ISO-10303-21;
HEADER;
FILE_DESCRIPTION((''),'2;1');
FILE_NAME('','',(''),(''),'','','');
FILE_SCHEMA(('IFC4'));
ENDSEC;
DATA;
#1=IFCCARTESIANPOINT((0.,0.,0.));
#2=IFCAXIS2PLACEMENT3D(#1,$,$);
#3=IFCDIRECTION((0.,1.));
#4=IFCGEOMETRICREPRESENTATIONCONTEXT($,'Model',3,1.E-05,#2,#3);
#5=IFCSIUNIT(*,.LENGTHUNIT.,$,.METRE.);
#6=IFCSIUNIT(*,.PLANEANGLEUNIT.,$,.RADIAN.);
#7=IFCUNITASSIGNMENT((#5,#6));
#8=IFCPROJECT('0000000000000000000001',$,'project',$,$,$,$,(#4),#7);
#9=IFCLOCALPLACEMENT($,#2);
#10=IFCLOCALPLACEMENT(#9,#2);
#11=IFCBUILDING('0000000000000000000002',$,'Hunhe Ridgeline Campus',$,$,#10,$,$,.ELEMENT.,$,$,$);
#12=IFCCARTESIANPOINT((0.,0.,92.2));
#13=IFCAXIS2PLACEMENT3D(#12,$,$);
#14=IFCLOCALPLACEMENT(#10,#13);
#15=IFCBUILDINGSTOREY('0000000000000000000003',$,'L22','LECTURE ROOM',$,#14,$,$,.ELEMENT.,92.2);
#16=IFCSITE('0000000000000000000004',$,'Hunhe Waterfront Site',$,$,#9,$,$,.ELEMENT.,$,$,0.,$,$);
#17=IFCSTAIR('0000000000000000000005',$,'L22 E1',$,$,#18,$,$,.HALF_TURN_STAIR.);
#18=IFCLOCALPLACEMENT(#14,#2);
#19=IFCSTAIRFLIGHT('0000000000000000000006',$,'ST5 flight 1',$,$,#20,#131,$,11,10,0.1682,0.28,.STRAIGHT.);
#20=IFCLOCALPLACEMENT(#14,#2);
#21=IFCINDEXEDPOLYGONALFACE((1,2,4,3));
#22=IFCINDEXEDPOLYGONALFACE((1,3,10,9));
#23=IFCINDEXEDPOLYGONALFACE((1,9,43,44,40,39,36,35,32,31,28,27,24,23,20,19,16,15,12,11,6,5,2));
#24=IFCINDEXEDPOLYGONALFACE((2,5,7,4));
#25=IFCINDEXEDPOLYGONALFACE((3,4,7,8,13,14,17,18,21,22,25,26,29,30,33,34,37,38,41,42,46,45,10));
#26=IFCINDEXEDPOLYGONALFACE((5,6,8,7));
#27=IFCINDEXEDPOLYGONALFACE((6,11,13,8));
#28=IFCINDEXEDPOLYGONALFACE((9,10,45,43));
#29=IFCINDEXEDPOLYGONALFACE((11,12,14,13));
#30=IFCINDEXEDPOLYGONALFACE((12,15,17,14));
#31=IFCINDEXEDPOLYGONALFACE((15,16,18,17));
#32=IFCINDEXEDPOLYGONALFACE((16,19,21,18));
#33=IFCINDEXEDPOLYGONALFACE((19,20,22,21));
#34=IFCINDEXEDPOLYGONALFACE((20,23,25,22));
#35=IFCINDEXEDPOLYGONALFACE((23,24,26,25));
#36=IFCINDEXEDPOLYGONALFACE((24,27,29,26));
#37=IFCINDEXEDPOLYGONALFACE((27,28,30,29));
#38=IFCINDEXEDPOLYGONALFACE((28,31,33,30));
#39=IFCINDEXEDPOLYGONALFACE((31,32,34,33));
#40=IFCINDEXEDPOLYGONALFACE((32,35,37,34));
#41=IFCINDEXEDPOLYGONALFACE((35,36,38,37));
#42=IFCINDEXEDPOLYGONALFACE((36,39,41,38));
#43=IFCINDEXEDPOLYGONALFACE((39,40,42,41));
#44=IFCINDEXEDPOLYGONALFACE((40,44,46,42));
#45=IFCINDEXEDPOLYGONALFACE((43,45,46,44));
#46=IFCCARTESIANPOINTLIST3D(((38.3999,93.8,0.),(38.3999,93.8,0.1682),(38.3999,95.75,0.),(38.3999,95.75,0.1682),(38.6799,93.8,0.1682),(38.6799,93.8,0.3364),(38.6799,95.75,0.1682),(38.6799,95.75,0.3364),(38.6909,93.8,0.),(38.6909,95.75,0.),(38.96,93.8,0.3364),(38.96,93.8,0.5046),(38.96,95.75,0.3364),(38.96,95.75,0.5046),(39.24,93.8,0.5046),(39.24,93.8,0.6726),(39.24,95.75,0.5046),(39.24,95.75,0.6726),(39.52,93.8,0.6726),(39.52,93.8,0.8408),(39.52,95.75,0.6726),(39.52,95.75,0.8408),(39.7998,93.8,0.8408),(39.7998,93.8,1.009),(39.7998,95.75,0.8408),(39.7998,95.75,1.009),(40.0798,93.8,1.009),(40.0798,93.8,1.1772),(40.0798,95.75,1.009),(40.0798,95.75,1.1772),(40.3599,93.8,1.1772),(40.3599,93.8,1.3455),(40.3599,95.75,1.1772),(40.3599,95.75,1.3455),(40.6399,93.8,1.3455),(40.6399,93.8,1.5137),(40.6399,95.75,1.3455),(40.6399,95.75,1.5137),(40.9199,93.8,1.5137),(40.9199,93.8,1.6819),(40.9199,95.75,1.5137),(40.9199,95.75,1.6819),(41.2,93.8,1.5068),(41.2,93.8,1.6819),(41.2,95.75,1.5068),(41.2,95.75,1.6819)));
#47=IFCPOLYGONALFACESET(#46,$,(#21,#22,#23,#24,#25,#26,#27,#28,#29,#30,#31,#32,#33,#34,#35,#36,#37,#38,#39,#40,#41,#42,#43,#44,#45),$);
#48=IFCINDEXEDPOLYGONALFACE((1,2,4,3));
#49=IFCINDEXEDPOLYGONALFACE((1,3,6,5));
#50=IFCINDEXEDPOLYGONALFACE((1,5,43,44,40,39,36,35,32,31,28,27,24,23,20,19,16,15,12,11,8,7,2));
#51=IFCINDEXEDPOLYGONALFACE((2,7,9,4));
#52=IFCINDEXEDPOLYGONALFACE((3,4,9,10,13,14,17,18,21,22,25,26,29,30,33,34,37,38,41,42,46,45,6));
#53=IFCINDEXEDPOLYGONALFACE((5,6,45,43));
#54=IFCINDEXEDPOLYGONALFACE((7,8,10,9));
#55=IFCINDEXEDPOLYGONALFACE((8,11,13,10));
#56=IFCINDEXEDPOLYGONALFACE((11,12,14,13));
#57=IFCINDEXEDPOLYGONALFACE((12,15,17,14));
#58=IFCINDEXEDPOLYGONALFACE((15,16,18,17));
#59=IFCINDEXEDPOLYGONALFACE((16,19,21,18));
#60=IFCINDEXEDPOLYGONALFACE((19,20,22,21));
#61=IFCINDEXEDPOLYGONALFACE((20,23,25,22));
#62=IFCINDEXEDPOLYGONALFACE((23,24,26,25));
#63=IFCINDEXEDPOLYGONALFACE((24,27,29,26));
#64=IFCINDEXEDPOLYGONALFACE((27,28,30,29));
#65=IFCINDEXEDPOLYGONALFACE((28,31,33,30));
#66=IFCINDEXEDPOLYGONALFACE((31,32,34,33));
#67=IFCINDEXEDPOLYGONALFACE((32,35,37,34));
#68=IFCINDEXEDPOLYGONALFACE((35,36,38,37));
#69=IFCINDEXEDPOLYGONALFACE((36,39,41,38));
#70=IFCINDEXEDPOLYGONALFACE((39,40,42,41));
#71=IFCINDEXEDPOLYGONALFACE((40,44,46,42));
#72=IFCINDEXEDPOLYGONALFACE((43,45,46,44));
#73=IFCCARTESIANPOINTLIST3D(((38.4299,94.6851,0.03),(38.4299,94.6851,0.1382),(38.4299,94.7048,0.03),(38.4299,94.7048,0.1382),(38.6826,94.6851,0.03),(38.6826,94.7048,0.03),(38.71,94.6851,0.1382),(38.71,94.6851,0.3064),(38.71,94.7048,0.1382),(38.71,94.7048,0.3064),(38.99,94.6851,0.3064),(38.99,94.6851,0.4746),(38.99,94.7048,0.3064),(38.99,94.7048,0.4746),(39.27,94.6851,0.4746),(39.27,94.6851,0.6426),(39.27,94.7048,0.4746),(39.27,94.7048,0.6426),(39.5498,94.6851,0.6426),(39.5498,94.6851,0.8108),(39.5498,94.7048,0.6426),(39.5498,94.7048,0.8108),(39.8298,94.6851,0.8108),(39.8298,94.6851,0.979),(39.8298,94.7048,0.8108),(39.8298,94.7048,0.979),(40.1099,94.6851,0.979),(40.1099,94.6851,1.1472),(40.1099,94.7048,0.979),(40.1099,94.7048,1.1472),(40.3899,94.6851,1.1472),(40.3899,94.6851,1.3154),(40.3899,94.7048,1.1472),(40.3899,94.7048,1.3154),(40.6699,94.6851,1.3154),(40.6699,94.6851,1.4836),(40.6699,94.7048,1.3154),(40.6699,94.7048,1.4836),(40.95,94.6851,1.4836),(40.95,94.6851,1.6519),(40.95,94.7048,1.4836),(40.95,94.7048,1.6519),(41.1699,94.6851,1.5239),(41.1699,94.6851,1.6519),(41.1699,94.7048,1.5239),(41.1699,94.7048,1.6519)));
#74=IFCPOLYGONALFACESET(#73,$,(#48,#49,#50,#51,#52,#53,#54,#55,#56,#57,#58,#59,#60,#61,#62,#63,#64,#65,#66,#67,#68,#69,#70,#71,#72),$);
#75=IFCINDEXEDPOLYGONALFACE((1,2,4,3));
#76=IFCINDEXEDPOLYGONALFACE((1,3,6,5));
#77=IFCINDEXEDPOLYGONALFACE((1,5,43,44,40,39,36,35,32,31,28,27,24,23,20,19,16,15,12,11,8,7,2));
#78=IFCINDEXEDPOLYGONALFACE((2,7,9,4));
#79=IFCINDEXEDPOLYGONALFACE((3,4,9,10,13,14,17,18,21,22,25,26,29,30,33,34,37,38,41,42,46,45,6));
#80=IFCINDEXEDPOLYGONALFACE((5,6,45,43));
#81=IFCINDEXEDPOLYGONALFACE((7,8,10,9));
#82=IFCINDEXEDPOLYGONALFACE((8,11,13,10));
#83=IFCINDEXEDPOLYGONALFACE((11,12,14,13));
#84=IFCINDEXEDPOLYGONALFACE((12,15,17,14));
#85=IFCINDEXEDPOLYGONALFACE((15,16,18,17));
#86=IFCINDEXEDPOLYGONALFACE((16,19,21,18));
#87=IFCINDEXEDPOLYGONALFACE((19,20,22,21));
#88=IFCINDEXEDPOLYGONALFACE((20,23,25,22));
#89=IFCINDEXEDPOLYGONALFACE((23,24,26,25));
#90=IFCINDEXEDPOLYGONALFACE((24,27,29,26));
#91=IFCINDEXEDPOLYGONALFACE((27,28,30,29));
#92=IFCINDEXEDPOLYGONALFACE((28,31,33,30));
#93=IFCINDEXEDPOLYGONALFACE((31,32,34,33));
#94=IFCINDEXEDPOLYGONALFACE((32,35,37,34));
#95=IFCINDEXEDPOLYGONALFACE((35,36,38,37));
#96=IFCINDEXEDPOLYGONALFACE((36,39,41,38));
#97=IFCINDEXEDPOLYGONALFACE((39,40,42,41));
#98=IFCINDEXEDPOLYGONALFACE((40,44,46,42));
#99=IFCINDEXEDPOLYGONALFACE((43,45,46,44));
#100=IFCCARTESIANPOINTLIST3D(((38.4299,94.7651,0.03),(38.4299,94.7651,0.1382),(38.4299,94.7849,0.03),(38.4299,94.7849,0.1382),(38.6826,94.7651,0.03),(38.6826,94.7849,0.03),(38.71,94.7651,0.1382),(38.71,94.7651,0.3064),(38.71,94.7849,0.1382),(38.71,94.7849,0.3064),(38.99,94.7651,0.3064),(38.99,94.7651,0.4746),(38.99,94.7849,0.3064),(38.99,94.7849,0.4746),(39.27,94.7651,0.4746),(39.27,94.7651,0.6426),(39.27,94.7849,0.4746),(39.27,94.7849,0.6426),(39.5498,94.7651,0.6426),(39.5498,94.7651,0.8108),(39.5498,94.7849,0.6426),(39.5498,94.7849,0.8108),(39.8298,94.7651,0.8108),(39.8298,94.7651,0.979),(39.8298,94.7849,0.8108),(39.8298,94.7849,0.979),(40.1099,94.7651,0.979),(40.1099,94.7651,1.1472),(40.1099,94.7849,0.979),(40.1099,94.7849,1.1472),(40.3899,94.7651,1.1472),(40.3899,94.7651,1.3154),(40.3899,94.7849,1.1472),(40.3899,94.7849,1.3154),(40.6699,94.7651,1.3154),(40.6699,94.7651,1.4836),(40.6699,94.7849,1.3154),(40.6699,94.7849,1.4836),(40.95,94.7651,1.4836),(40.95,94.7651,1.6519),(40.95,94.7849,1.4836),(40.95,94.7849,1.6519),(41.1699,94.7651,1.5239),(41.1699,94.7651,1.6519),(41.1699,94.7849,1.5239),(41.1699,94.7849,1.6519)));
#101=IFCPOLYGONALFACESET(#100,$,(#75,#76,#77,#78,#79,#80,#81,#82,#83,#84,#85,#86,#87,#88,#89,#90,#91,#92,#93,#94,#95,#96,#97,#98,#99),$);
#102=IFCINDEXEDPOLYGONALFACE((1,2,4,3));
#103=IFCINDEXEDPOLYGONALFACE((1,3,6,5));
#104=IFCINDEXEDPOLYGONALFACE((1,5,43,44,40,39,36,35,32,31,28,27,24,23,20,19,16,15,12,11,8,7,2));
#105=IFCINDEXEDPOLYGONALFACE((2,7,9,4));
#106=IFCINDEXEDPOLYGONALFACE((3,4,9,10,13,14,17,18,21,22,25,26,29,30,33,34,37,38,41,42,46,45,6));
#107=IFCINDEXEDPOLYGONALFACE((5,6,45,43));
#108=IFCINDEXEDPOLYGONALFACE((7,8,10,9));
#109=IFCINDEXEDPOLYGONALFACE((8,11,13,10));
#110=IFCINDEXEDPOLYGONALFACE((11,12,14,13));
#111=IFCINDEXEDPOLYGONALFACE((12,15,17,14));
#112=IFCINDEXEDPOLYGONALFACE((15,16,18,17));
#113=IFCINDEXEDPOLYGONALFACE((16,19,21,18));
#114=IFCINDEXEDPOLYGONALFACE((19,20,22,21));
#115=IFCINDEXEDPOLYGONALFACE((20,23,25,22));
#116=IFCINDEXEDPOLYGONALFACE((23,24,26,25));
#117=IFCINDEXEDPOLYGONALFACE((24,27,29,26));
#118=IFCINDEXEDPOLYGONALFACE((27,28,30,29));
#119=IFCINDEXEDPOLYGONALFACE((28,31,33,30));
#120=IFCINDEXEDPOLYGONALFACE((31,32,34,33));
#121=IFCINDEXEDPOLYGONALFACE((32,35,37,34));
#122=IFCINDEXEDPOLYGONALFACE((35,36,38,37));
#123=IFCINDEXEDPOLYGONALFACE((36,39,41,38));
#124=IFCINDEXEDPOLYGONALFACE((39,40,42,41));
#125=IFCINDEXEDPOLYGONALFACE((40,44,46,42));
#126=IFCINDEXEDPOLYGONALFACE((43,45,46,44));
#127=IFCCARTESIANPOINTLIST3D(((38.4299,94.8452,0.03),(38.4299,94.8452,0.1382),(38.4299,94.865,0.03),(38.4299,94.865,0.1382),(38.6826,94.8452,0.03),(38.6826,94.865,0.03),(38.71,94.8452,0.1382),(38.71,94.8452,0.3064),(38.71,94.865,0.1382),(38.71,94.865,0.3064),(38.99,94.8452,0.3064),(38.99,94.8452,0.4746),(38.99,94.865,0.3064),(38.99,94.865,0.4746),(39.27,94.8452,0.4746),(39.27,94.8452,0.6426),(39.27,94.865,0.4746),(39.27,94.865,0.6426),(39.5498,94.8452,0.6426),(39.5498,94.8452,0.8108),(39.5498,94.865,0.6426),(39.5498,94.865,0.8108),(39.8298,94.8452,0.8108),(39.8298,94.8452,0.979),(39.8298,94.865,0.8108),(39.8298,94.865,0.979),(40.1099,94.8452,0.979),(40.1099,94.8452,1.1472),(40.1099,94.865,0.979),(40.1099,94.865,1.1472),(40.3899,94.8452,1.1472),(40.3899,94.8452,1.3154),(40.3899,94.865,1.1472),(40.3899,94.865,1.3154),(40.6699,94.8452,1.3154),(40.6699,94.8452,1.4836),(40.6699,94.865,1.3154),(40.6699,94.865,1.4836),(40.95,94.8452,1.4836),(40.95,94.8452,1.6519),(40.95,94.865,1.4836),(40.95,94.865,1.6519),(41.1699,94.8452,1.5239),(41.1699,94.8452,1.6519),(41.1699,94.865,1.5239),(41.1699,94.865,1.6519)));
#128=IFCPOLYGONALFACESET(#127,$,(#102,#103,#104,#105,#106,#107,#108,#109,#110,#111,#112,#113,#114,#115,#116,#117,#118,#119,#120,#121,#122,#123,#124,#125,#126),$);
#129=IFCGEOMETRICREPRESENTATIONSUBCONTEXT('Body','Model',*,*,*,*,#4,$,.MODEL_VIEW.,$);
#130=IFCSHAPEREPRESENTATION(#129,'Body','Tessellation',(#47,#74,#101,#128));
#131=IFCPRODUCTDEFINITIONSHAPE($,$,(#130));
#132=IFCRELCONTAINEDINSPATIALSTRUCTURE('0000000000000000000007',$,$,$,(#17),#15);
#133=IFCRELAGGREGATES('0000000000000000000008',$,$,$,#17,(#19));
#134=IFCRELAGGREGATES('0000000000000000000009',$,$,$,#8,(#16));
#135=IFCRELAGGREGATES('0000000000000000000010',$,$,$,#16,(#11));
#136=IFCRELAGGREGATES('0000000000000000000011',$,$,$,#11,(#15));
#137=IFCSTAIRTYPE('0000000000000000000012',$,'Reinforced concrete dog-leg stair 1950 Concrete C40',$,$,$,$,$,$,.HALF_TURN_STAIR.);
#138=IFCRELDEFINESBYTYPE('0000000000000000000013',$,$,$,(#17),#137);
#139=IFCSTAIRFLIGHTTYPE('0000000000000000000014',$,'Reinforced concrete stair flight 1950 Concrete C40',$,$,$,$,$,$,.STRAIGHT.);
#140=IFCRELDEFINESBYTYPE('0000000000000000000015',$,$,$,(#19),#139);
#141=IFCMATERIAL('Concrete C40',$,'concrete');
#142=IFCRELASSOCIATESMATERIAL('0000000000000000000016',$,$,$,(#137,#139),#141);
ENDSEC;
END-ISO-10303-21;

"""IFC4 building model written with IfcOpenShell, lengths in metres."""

from ifc_helpers import new_model, si_unit, direction, frame, origin, place, context, subcontext, project, spatial, polyline, outline, extrude, material, type_object, element, aggregate, save


model = new_model("IFC4")

# Units and contexts
model_context = context("Model", 3, precision=1e-05, world=origin(), true_north=direction((0.0, 1.0)))
body_context = subcontext(model_context, "Body", "Model", "MODEL_VIEW")
ifc_project = project(units=[si_unit("LENGTHUNIT", "METRE"), si_unit("PLANEANGLEUNIT", "RADIAN")], contexts=[model_context])

# Site, building, storey
site_placement = place(None, origin())
site = spatial("IfcSite", under=ifc_project, at=site_placement, Name="Hunhe Waterfront Site", CompositionType="ELEMENT", RefElevation=0.0)
building_placement = place(site_placement, origin())
building = spatial("IfcBuilding", under=site, at=building_placement, Name="Hunhe Ridgeline Campus", CompositionType="ELEMENT")
storey_placement = place(building_placement, frame((0.0, 0.0, 92.2)))
storey = spatial("IfcBuildingStorey", under=building, at=storey_placement, Name="L22", Description="LECTURE ROOM", CompositionType="ELEMENT", Elevation=92.2)

# Shared definitions
ifc_material_1 = material(Name="Concrete C40", Category="concrete")
stair_type = type_object("IfcStairType", Name="Reinforced concrete dog-leg stair 1950 Concrete C40", PredefinedType="HALF_TURN_STAIR", material=ifc_material_1)
stair_flight_type = type_object("IfcStairFlightType", Name="Reinforced concrete stair flight 1950 Concrete C40", PredefinedType="STRAIGHT", material=ifc_material_1)

# Stair, stair flight
stair_1_placement = place(storey_placement, origin())
stair_1 = element("IfcStair", 1, at=stair_1_placement, inside=storey, type_object=stair_type, Name="L22 E1", PredefinedType="HALF_TURN_STAIR")
stair_flight_1_placement = place(storey_placement, frame((38.3999, 94.7749, 0.0), z_axis=(0.0, 0.0, 1.0), x_axis=(1.0, 0.0, 0.0)))
stair_flight_1 = element("IfcStairFlight", 2, at=stair_flight_1_placement, type_object=stair_flight_type, Name="ST5 flight 1", NumberOfRisers=11, NumberOfTreads=10, PredefinedType="STRAIGHT", RiserHeight=0.1682, TreadLength=0.28, context=body_context, shape_type="SweptSolid", body=[
    extrude(outline(polyline([(0.0, 0.0), (0.0, 0.1682), (0.28, 0.1682), (0.28, 0.3364), (0.5601, 0.3364), (0.5601, 0.5046), (0.8401, 0.5046), (0.8401, 0.6726), (1.1201, 0.6726), (1.1201, 0.8408), (1.3999, 0.8408), (1.3999, 1.009), (1.6799, 1.009), (1.6799, 1.1772), (1.96, 1.1772), (1.96, 1.3455), (2.24, 1.3455), (2.24, 1.5137), (2.52, 1.5137), (2.52, 1.6819), (2.8, 1.6819), (2.8, 1.8501), (2.8, 1.5068), (0.291, 0.0), (0.0, 0.0)])), frame((0.0, 0.9751, 0.0), z_axis=(0.0, -1.0, 0.0), x_axis=(1.0, 0.0, 0.0)), (0.0, 0.0, 1.0), 1.95),
    extrude(outline(polyline([(0.03, 0.03), (0.03, 0.1382), (0.3101, 0.1382), (0.3101, 0.3064), (0.5901, 0.3064), (0.5901, 0.4746), (0.8701, 0.4746), (0.8701, 0.6426), (1.1499, 0.6426), (1.1499, 0.8108), (1.4299, 0.8108), (1.4299, 0.979), (1.71, 0.979), (1.71, 1.1472), (1.99, 1.1472), (1.99, 1.3154), (2.27, 1.3154), (2.27, 1.4836), (2.55, 1.4836), (2.55, 1.6519), (2.77, 1.6519), (2.77, 1.5239), (0.2827, 0.03), (0.03, 0.03)])), frame((0.0, -0.0701, 0.0), z_axis=(0.0, -1.0, 0.0), x_axis=(1.0, 0.0, 0.0)), (0.0, 0.0, 1.0), 0.0198),
    extrude(outline(polyline([(0.03, 0.03), (0.03, 0.1382), (0.3101, 0.1382), (0.3101, 0.3064), (0.5901, 0.3064), (0.5901, 0.4746), (0.8701, 0.4746), (0.8701, 0.6426), (1.1499, 0.6426), (1.1499, 0.8108), (1.4299, 0.8108), (1.4299, 0.979), (1.71, 0.979), (1.71, 1.1472), (1.99, 1.1472), (1.99, 1.3154), (2.27, 1.3154), (2.27, 1.4836), (2.55, 1.4836), (2.55, 1.6519), (2.77, 1.6519), (2.77, 1.5239), (0.2827, 0.03), (0.03, 0.03)])), frame((0.0, 0.01, 0.0), z_axis=(0.0, -1.0, 0.0), x_axis=(1.0, 0.0, 0.0)), (0.0, 0.0, 1.0), 0.0198),
    extrude(outline(polyline([(0.03, 0.03), (0.03, 0.1382), (0.3101, 0.1382), (0.3101, 0.3064), (0.5901, 0.3064), (0.5901, 0.4746), (0.8701, 0.4746), (0.8701, 0.6426), (1.1499, 0.6426), (1.1499, 0.8108), (1.4299, 0.8108), (1.4299, 0.979), (1.71, 0.979), (1.71, 1.1472), (1.99, 1.1472), (1.99, 1.3154), (2.27, 1.3154), (2.27, 1.4836), (2.55, 1.4836), (2.55, 1.6519), (2.77, 1.6519), (2.77, 1.5239), (0.2827, 0.03), (0.03, 0.03)])), frame((0.0, 0.0901, 0.0), z_axis=(0.0, -1.0, 0.0), x_axis=(1.0, 0.0, 0.0)), (0.0, 0.0, 1.0), 0.0198),
])
aggregate(stair_1, [stair_flight_1])

save(model, "model.ifc")
